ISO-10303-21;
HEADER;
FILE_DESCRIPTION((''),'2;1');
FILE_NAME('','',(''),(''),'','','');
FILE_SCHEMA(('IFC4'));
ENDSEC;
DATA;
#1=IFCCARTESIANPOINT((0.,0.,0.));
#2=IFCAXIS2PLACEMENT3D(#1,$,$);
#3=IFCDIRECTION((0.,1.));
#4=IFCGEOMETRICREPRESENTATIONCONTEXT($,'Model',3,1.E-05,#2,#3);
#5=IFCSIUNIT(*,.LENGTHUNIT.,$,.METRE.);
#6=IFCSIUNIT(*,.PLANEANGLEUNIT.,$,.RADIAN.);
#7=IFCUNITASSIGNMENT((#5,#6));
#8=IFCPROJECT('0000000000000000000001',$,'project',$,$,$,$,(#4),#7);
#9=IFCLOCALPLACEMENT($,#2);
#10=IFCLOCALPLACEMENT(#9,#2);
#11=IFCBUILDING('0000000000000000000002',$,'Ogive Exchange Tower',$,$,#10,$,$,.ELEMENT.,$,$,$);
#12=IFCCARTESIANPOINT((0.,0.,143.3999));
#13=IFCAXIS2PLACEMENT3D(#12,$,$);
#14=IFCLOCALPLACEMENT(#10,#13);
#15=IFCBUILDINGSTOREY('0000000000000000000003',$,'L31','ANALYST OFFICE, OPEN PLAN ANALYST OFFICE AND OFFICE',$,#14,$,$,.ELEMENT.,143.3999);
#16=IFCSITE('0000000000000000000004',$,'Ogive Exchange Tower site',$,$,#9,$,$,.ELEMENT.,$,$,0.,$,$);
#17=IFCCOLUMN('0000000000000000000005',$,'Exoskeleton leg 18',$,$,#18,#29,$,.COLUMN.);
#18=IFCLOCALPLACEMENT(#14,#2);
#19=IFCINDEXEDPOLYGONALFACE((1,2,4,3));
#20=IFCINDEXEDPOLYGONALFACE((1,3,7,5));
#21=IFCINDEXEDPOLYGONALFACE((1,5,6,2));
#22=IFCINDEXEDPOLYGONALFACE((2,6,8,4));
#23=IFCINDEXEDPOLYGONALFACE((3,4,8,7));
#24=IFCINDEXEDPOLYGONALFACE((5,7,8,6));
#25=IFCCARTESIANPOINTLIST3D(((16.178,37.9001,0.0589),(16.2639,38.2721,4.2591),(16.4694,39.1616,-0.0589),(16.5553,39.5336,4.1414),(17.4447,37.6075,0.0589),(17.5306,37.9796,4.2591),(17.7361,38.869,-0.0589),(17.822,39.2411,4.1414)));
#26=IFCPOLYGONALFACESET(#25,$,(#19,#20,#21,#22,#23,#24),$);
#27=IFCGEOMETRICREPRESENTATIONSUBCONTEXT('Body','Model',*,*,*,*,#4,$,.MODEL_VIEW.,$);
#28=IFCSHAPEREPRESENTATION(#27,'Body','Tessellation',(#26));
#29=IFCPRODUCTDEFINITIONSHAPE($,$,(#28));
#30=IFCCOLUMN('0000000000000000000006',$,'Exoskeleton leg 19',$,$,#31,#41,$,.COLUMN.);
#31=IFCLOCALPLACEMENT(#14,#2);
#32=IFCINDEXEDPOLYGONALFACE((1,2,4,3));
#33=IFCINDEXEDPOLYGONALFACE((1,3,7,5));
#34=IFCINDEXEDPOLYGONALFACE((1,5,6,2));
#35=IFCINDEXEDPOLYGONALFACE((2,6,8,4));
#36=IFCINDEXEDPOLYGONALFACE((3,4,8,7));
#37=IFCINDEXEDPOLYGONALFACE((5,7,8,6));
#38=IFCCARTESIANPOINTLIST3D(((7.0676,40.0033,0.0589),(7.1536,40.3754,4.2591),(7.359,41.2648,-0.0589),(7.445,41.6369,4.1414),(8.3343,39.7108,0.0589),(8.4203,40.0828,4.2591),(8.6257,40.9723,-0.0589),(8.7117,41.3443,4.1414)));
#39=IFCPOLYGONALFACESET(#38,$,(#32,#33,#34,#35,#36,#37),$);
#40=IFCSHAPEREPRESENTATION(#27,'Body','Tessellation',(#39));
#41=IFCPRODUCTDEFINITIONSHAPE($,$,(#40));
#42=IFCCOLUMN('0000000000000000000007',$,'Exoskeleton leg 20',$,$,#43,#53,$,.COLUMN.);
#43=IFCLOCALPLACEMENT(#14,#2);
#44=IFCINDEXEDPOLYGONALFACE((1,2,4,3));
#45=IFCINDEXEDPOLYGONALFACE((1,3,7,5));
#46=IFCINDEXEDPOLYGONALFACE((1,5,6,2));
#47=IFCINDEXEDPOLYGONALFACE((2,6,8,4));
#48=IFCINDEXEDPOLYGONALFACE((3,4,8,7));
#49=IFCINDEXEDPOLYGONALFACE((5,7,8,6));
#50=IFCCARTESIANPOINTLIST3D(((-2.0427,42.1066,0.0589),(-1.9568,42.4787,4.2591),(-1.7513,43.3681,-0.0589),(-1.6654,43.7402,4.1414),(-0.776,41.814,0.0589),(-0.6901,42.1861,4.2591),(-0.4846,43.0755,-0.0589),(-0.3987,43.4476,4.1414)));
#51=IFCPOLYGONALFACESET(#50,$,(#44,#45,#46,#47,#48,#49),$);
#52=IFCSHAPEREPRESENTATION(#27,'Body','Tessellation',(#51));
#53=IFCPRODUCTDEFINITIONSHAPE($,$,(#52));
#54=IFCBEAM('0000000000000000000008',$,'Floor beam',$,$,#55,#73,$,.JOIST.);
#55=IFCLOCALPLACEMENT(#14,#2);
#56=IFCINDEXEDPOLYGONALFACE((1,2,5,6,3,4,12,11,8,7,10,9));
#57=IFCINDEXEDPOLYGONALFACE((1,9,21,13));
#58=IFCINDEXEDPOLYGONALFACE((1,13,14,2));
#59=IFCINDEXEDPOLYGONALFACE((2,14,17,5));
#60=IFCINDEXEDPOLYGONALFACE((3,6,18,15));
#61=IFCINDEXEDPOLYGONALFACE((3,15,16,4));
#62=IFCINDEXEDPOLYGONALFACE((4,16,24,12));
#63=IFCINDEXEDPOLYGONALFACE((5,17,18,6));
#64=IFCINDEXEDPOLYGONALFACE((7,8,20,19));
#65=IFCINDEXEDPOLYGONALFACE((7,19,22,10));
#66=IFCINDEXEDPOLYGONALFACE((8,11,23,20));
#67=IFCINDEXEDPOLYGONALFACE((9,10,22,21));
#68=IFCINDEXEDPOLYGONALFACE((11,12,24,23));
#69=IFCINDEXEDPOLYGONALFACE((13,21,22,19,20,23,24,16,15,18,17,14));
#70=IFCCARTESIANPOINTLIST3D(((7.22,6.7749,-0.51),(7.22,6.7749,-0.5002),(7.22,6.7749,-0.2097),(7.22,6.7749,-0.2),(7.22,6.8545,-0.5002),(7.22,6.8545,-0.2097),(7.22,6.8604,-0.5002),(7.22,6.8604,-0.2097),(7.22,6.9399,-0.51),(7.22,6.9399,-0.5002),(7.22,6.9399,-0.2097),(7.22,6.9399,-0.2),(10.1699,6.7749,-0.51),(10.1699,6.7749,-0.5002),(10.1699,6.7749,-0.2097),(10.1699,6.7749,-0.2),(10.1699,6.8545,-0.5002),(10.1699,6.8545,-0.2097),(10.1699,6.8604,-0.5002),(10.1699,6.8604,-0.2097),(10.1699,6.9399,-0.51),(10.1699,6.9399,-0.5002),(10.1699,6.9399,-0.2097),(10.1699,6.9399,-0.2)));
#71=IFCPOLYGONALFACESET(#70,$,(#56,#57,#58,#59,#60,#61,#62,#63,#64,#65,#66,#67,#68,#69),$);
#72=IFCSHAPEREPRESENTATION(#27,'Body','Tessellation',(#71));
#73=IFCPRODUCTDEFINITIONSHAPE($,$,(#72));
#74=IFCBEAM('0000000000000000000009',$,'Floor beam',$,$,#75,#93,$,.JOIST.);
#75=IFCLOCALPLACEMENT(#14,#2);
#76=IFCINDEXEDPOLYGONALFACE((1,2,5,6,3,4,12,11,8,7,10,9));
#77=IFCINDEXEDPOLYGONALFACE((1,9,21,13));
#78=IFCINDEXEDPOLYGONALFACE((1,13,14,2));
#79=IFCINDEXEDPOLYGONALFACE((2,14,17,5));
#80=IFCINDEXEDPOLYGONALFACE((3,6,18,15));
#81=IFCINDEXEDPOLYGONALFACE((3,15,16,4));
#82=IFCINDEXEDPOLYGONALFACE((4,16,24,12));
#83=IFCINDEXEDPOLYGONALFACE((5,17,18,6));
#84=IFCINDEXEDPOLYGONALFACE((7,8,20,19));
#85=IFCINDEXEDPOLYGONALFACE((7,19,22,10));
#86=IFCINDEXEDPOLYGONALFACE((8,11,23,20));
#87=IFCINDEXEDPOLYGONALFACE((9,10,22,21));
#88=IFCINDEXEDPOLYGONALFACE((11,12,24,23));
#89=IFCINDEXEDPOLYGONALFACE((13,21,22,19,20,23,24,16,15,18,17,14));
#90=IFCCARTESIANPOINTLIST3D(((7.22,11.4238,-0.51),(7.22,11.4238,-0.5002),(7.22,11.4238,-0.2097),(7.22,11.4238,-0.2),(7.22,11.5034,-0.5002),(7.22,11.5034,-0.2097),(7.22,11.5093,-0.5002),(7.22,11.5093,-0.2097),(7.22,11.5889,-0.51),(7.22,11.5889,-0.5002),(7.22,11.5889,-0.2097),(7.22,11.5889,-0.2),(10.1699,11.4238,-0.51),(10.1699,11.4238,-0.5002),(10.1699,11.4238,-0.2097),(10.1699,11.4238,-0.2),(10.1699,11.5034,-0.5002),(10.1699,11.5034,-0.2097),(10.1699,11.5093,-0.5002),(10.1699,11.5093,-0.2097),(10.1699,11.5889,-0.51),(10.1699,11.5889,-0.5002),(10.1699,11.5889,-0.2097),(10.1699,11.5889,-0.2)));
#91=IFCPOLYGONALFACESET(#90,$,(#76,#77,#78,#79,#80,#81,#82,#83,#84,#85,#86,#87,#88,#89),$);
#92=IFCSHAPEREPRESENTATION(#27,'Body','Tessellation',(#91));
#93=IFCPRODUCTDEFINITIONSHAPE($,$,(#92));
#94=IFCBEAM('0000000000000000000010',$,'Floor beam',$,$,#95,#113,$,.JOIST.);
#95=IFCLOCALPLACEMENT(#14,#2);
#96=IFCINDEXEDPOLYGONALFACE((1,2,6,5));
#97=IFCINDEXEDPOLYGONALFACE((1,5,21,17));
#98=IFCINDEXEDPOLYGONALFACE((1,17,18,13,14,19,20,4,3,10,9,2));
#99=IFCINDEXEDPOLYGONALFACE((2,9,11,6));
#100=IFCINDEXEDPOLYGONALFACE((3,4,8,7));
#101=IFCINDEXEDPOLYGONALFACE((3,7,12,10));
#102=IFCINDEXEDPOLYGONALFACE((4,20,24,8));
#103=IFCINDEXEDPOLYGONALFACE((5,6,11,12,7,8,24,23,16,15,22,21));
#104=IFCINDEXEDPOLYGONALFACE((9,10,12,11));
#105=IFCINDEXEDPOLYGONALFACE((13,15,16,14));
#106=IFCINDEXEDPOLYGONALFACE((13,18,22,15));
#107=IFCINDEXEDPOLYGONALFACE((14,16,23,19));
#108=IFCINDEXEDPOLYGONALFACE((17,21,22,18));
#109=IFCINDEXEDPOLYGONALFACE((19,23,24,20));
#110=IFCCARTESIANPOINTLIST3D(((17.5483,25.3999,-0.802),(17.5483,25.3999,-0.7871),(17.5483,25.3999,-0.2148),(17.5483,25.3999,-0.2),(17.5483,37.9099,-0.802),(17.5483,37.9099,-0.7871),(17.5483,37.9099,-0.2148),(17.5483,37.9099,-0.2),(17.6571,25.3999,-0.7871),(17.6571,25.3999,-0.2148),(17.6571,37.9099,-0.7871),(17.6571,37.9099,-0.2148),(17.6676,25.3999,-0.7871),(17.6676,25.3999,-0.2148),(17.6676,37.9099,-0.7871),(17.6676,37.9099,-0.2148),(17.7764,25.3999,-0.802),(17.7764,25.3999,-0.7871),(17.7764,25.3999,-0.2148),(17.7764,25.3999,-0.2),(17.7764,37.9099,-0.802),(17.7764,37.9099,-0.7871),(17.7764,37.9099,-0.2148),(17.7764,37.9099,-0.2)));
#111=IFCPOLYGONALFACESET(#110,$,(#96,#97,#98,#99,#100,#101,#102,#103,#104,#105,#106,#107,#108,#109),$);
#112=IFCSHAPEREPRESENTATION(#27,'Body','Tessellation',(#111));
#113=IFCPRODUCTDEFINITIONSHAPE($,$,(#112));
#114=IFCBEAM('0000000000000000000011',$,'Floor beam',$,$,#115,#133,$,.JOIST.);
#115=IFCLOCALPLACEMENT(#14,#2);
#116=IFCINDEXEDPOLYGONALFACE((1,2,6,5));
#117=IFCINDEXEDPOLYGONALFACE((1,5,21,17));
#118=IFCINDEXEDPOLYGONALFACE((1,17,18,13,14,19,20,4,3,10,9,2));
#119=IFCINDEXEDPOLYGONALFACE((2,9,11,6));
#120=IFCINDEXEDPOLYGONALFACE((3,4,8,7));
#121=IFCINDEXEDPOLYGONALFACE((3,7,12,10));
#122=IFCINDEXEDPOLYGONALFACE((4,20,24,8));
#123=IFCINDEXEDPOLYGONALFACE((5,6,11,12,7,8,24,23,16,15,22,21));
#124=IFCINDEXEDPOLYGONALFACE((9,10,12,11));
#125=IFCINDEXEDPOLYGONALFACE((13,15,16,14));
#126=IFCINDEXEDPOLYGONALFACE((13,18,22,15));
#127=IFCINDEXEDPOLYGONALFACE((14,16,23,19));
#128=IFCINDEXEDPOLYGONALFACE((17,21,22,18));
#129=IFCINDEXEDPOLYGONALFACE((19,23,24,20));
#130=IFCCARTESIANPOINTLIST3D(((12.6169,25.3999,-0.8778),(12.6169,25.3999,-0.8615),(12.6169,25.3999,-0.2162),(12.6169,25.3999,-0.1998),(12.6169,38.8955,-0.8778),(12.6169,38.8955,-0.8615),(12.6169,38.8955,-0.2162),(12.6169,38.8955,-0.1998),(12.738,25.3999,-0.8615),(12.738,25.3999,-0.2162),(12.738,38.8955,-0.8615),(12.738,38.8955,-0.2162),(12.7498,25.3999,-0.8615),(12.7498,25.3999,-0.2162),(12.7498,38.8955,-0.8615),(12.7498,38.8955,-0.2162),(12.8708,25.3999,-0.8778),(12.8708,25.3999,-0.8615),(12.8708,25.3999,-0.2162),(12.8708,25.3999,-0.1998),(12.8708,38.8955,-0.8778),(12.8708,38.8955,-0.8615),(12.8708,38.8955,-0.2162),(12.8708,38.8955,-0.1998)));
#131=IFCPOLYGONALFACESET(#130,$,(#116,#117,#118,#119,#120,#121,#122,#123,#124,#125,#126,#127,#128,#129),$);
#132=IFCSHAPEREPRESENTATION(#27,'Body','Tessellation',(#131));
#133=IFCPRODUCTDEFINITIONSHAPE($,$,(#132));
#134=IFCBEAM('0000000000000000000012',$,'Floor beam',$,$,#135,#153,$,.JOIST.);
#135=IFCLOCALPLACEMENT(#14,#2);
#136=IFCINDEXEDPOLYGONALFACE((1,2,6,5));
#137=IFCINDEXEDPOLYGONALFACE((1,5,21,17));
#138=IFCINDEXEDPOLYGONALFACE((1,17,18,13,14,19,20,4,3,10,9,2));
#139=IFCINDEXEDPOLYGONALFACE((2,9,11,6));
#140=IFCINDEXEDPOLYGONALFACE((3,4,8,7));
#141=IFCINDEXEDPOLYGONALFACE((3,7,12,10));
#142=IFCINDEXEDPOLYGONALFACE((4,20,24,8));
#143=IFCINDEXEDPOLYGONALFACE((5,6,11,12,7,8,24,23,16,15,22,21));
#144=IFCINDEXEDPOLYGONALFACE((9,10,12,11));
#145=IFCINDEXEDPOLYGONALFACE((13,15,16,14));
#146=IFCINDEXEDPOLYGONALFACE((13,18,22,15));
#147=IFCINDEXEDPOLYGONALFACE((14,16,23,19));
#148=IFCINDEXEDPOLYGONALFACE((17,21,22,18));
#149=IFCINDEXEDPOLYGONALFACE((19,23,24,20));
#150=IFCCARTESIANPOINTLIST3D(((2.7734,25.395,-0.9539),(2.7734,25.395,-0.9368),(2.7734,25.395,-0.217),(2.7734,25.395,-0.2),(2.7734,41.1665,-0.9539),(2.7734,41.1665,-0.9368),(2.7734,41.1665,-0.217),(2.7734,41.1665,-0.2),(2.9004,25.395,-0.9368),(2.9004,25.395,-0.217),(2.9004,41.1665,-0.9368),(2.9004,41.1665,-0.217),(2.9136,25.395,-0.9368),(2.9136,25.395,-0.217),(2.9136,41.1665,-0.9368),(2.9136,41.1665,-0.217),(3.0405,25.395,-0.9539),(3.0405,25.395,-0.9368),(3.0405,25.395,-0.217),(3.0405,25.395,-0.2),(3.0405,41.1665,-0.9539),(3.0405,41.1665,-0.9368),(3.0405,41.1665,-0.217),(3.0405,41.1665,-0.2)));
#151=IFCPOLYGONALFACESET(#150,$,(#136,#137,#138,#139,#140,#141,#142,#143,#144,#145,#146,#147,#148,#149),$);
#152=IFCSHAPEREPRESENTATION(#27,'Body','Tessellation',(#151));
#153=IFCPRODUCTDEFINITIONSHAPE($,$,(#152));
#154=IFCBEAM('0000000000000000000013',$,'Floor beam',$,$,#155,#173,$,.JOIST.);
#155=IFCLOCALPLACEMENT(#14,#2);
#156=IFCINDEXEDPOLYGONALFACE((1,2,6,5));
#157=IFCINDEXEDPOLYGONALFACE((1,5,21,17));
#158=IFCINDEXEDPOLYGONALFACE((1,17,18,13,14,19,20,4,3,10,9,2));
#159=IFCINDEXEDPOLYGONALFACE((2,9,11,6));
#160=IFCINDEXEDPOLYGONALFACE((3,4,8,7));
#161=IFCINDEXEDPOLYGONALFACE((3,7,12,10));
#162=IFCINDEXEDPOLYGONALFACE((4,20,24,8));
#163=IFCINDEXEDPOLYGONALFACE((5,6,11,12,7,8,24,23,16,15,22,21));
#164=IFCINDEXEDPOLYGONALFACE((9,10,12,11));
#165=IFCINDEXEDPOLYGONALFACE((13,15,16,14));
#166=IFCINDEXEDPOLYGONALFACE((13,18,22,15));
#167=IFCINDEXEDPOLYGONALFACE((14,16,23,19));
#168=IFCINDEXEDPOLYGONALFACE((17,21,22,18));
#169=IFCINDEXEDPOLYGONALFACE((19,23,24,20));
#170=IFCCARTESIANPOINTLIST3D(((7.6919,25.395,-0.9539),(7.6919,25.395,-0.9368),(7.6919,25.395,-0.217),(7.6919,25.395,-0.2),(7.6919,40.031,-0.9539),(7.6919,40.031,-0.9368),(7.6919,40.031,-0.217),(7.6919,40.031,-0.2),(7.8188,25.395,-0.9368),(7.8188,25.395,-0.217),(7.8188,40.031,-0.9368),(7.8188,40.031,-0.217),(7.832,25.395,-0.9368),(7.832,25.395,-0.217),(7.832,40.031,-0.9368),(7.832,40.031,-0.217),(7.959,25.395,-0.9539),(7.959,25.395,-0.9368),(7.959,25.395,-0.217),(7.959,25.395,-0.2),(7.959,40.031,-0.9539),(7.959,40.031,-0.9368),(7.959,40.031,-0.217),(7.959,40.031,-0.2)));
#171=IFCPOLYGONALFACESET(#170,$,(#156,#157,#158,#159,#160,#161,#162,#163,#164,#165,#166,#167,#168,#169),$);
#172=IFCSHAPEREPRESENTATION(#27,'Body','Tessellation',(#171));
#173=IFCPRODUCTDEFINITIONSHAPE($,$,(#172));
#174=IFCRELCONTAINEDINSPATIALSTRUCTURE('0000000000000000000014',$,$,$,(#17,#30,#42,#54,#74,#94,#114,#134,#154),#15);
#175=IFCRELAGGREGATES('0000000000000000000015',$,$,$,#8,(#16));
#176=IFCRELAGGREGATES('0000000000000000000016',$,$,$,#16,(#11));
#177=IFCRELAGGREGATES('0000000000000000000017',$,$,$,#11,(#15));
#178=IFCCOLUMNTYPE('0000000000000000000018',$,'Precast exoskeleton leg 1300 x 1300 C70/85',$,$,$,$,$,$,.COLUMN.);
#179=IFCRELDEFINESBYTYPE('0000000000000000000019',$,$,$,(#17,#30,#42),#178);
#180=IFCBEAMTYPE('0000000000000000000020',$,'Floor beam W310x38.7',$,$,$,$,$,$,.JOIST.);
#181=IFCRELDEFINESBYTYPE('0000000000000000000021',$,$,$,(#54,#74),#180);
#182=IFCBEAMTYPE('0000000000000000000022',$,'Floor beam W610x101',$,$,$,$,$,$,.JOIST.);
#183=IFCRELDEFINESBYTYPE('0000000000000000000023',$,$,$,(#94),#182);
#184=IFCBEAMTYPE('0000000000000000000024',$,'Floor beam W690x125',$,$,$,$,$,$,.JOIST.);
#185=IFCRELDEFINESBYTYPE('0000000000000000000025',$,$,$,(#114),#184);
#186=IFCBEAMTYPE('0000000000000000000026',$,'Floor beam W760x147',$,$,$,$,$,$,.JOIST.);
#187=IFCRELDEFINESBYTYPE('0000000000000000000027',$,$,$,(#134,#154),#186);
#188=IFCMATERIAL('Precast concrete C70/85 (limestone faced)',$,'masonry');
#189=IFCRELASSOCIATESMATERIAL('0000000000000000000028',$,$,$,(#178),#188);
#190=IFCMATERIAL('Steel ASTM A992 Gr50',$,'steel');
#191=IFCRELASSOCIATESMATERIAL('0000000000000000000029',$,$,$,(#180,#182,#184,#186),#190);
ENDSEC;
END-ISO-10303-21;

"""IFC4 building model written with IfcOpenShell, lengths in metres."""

from ifc_helpers import new_model, si_unit, direction, frame, origin, origin_2d, place, context, subcontext, project, spatial, rectangle, i_section, extrude, material, material_profile, profile_set, type_object, element, save


model = new_model("IFC4")

# Units and contexts
model_context = context("Model", 3, precision=1e-05, world=origin(), true_north=direction((0.0, 1.0)))
body_context = subcontext(model_context, "Body", "Model", "MODEL_VIEW")
ifc_project = project(units=[si_unit("LENGTHUNIT", "METRE"), si_unit("PLANEANGLEUNIT", "RADIAN")], contexts=[model_context])

# Site, building, storey
site_placement = place(None, origin())
site = spatial("IfcSite", under=ifc_project, at=site_placement, Name="Ogive Exchange Tower site", CompositionType="ELEMENT", RefElevation=0.0)
building_placement = place(site_placement, origin())
building = spatial("IfcBuilding", under=site, at=building_placement, Name="Ogive Exchange Tower", CompositionType="ELEMENT")
storey_placement = place(building_placement, frame((0.0, 0.0, 143.3999)))
storey = spatial("IfcBuildingStorey", under=building, at=storey_placement, Name="L31", Description="ANALYST OFFICE, OPEN PLAN ANALYST OFFICE AND OFFICE", CompositionType="ELEMENT", Elevation=143.3999)

# Columns
ifc_material_1 = material(Name="Precast concrete C70/85 (limestone faced)", Category="masonry")
ifc_material_profile_1 = material_profile(ifc_material_1, rectangle(XDim=1.3, YDim=1.3, at=origin_2d()), Name="1300 x 1300")
ifc_profile_set_1 = profile_set([ifc_material_profile_1], Name="Precast concrete C70/85 (limestone faced)")
column_type = type_object("IfcColumnType", Name="Precast exoskeleton leg 1300 x 1300 C70/85", PredefinedType="COLUMN", material=ifc_profile_set_1)
for number, where, z_axis, x_axis, name in (
    (1, (16.957, 38.3845, 0.0), (0.020376, 0.08822, 0.995893), (-0.974348, 0.225046, 0.0), "Exoskeleton leg 18"),
    (2, (7.8467, 40.4878, 0.0), (0.020376, 0.08822, 0.995893), (-0.974348, 0.225046, 0.0), "Exoskeleton leg 19"),
    (3, (-1.2637, 42.5911, 0.0), (0.020376, 0.08822, 0.995893), (-0.974348, 0.225046, 0.0), "Exoskeleton leg 20"),
):
    element("IfcColumn", number, at=place(storey_placement, frame(where, z_axis=z_axis, x_axis=x_axis)), inside=storey, type_object=column_type, Name=name, PredefinedType="COLUMN", context=body_context, shape_type="SweptSolid", body=[
        extrude(rectangle(XDim=1.3, YDim=1.3, at=origin_2d()), origin(), (0.0, 0.0, 1.0), 4.2175),
    ])

# Beams
ifc_material_2 = material(Name="Steel ASTM A992 Gr50", Category="steel")
ifc_material_profile_2 = material_profile(ifc_material_2, i_section(OverallWidth=0.165, OverallDepth=0.3101, WebThickness=0.0059, FlangeThickness=0.0098, at=origin_2d()), Name="W310x38.7")
ifc_profile_set_2 = profile_set([ifc_material_profile_2], Name="Steel ASTM A992 Gr50")
beam_type_1 = type_object("IfcBeamType", Name="Floor beam W310x38.7", PredefinedType="JOIST", material=ifc_profile_set_2)
for number, where, z_axis, x_axis, name in (
    (4, (7.22, 6.8574, -0.355), (1.0, 0.0, 0.0), (0.0, 1.0, 0.0), "Floor beam"),
    (5, (7.22, 11.5063, -0.355), (1.0, 0.0, 0.0), (0.0, 1.0, 0.0), "Floor beam"),
):
    element("IfcBeam", number, at=place(storey_placement, frame(where, z_axis=z_axis, x_axis=x_axis)), inside=storey, type_object=beam_type_1, Name=name, PredefinedType="JOIST", context=body_context, shape_type="SweptSolid", body=[
        extrude(i_section(OverallWidth=0.165, OverallDepth=0.3101, WebThickness=0.0059, FlangeThickness=0.0098, at=origin_2d()), origin(), (0.0, 0.0, 1.0), 2.95),
    ])
ifc_material_profile_3 = material_profile(ifc_material_2, i_section(OverallWidth=0.228, OverallDepth=0.6021, WebThickness=0.0105, FlangeThickness=0.0149, at=origin_2d()), Name="W610x101")
ifc_profile_set_3 = profile_set([ifc_material_profile_3], Name="Steel ASTM A992 Gr50")
beam_type_2 = type_object("IfcBeamType", Name="Floor beam W610x101", PredefinedType="JOIST", material=ifc_profile_set_3)
beam_1_placement = place(storey_placement, frame((17.6624, 25.3999, -0.501), z_axis=(0.0, 1.0, 0.0), x_axis=(-1.0, 0.0, 0.0)))
element("IfcBeam", 6, at=beam_1_placement, inside=storey, type_object=beam_type_2, Name="Floor beam", PredefinedType="JOIST", context=body_context, shape_type="SweptSolid", body=[
    extrude(i_section(OverallWidth=0.228, OverallDepth=0.6021, WebThickness=0.0105, FlangeThickness=0.0149, at=origin_2d()), origin(), (0.0, 0.0, 1.0), 12.51),
])
ifc_material_profile_4 = material_profile(ifc_material_2, i_section(OverallWidth=0.2539, OverallDepth=0.678, WebThickness=0.0117, FlangeThickness=0.0164, at=origin_2d()), Name="W690x125")
ifc_profile_set_4 = profile_set([ifc_material_profile_4], Name="Steel ASTM A992 Gr50")
beam_type_3 = type_object("IfcBeamType", Name="Floor beam W690x125", PredefinedType="JOIST", material=ifc_profile_set_4)
beam_2_placement = place(storey_placement, frame((12.7439, 25.3999, -0.5388), z_axis=(0.0, 1.0, 0.0), x_axis=(-1.0, 0.0, 0.0)))
element("IfcBeam", 7, at=beam_2_placement, inside=storey, type_object=beam_type_3, Name="Floor beam", PredefinedType="JOIST", context=body_context, shape_type="SweptSolid", body=[
    extrude(i_section(OverallWidth=0.2539, OverallDepth=0.678, WebThickness=0.0117, FlangeThickness=0.0164, at=origin_2d()), origin(), (0.0, 0.0, 1.0), 13.4956),
])
ifc_material_profile_5 = material_profile(ifc_material_2, i_section(OverallWidth=0.2671, OverallDepth=0.7539, WebThickness=0.0132, FlangeThickness=0.0171, at=origin_2d()), Name="W760x147")
ifc_profile_set_5 = profile_set([ifc_material_profile_5], Name="Steel ASTM A992 Gr50")
beam_type_4 = type_object("IfcBeamType", Name="Floor beam W760x147", PredefinedType="JOIST", material=ifc_profile_set_5)
beam_3_placement = place(storey_placement, frame((2.907, 25.395, -0.5769), z_axis=(0.0, 1.0, 0.0), x_axis=(-1.0, 0.0, 0.0)))
element("IfcBeam", 8, at=beam_3_placement, inside=storey, type_object=beam_type_4, Name="Floor beam", PredefinedType="JOIST", context=body_context, shape_type="SweptSolid", body=[
    extrude(i_section(OverallWidth=0.2671, OverallDepth=0.7539, WebThickness=0.0132, FlangeThickness=0.0171, at=origin_2d()), origin(), (0.0, 0.0, 1.0), 15.7715),
])
beam_4_placement = place(storey_placement, frame((7.8254, 25.395, -0.5769), z_axis=(0.0, 1.0, 0.0), x_axis=(-1.0, 0.0, 0.0)))
element("IfcBeam", 9, at=beam_4_placement, inside=storey, type_object=beam_type_4, Name="Floor beam", PredefinedType="JOIST", context=body_context, shape_type="SweptSolid", body=[
    extrude(i_section(OverallWidth=0.2671, OverallDepth=0.7539, WebThickness=0.0132, FlangeThickness=0.0171, at=origin_2d()), origin(), (0.0, 0.0, 1.0), 14.636),
])

save(model, "model.ifc")
